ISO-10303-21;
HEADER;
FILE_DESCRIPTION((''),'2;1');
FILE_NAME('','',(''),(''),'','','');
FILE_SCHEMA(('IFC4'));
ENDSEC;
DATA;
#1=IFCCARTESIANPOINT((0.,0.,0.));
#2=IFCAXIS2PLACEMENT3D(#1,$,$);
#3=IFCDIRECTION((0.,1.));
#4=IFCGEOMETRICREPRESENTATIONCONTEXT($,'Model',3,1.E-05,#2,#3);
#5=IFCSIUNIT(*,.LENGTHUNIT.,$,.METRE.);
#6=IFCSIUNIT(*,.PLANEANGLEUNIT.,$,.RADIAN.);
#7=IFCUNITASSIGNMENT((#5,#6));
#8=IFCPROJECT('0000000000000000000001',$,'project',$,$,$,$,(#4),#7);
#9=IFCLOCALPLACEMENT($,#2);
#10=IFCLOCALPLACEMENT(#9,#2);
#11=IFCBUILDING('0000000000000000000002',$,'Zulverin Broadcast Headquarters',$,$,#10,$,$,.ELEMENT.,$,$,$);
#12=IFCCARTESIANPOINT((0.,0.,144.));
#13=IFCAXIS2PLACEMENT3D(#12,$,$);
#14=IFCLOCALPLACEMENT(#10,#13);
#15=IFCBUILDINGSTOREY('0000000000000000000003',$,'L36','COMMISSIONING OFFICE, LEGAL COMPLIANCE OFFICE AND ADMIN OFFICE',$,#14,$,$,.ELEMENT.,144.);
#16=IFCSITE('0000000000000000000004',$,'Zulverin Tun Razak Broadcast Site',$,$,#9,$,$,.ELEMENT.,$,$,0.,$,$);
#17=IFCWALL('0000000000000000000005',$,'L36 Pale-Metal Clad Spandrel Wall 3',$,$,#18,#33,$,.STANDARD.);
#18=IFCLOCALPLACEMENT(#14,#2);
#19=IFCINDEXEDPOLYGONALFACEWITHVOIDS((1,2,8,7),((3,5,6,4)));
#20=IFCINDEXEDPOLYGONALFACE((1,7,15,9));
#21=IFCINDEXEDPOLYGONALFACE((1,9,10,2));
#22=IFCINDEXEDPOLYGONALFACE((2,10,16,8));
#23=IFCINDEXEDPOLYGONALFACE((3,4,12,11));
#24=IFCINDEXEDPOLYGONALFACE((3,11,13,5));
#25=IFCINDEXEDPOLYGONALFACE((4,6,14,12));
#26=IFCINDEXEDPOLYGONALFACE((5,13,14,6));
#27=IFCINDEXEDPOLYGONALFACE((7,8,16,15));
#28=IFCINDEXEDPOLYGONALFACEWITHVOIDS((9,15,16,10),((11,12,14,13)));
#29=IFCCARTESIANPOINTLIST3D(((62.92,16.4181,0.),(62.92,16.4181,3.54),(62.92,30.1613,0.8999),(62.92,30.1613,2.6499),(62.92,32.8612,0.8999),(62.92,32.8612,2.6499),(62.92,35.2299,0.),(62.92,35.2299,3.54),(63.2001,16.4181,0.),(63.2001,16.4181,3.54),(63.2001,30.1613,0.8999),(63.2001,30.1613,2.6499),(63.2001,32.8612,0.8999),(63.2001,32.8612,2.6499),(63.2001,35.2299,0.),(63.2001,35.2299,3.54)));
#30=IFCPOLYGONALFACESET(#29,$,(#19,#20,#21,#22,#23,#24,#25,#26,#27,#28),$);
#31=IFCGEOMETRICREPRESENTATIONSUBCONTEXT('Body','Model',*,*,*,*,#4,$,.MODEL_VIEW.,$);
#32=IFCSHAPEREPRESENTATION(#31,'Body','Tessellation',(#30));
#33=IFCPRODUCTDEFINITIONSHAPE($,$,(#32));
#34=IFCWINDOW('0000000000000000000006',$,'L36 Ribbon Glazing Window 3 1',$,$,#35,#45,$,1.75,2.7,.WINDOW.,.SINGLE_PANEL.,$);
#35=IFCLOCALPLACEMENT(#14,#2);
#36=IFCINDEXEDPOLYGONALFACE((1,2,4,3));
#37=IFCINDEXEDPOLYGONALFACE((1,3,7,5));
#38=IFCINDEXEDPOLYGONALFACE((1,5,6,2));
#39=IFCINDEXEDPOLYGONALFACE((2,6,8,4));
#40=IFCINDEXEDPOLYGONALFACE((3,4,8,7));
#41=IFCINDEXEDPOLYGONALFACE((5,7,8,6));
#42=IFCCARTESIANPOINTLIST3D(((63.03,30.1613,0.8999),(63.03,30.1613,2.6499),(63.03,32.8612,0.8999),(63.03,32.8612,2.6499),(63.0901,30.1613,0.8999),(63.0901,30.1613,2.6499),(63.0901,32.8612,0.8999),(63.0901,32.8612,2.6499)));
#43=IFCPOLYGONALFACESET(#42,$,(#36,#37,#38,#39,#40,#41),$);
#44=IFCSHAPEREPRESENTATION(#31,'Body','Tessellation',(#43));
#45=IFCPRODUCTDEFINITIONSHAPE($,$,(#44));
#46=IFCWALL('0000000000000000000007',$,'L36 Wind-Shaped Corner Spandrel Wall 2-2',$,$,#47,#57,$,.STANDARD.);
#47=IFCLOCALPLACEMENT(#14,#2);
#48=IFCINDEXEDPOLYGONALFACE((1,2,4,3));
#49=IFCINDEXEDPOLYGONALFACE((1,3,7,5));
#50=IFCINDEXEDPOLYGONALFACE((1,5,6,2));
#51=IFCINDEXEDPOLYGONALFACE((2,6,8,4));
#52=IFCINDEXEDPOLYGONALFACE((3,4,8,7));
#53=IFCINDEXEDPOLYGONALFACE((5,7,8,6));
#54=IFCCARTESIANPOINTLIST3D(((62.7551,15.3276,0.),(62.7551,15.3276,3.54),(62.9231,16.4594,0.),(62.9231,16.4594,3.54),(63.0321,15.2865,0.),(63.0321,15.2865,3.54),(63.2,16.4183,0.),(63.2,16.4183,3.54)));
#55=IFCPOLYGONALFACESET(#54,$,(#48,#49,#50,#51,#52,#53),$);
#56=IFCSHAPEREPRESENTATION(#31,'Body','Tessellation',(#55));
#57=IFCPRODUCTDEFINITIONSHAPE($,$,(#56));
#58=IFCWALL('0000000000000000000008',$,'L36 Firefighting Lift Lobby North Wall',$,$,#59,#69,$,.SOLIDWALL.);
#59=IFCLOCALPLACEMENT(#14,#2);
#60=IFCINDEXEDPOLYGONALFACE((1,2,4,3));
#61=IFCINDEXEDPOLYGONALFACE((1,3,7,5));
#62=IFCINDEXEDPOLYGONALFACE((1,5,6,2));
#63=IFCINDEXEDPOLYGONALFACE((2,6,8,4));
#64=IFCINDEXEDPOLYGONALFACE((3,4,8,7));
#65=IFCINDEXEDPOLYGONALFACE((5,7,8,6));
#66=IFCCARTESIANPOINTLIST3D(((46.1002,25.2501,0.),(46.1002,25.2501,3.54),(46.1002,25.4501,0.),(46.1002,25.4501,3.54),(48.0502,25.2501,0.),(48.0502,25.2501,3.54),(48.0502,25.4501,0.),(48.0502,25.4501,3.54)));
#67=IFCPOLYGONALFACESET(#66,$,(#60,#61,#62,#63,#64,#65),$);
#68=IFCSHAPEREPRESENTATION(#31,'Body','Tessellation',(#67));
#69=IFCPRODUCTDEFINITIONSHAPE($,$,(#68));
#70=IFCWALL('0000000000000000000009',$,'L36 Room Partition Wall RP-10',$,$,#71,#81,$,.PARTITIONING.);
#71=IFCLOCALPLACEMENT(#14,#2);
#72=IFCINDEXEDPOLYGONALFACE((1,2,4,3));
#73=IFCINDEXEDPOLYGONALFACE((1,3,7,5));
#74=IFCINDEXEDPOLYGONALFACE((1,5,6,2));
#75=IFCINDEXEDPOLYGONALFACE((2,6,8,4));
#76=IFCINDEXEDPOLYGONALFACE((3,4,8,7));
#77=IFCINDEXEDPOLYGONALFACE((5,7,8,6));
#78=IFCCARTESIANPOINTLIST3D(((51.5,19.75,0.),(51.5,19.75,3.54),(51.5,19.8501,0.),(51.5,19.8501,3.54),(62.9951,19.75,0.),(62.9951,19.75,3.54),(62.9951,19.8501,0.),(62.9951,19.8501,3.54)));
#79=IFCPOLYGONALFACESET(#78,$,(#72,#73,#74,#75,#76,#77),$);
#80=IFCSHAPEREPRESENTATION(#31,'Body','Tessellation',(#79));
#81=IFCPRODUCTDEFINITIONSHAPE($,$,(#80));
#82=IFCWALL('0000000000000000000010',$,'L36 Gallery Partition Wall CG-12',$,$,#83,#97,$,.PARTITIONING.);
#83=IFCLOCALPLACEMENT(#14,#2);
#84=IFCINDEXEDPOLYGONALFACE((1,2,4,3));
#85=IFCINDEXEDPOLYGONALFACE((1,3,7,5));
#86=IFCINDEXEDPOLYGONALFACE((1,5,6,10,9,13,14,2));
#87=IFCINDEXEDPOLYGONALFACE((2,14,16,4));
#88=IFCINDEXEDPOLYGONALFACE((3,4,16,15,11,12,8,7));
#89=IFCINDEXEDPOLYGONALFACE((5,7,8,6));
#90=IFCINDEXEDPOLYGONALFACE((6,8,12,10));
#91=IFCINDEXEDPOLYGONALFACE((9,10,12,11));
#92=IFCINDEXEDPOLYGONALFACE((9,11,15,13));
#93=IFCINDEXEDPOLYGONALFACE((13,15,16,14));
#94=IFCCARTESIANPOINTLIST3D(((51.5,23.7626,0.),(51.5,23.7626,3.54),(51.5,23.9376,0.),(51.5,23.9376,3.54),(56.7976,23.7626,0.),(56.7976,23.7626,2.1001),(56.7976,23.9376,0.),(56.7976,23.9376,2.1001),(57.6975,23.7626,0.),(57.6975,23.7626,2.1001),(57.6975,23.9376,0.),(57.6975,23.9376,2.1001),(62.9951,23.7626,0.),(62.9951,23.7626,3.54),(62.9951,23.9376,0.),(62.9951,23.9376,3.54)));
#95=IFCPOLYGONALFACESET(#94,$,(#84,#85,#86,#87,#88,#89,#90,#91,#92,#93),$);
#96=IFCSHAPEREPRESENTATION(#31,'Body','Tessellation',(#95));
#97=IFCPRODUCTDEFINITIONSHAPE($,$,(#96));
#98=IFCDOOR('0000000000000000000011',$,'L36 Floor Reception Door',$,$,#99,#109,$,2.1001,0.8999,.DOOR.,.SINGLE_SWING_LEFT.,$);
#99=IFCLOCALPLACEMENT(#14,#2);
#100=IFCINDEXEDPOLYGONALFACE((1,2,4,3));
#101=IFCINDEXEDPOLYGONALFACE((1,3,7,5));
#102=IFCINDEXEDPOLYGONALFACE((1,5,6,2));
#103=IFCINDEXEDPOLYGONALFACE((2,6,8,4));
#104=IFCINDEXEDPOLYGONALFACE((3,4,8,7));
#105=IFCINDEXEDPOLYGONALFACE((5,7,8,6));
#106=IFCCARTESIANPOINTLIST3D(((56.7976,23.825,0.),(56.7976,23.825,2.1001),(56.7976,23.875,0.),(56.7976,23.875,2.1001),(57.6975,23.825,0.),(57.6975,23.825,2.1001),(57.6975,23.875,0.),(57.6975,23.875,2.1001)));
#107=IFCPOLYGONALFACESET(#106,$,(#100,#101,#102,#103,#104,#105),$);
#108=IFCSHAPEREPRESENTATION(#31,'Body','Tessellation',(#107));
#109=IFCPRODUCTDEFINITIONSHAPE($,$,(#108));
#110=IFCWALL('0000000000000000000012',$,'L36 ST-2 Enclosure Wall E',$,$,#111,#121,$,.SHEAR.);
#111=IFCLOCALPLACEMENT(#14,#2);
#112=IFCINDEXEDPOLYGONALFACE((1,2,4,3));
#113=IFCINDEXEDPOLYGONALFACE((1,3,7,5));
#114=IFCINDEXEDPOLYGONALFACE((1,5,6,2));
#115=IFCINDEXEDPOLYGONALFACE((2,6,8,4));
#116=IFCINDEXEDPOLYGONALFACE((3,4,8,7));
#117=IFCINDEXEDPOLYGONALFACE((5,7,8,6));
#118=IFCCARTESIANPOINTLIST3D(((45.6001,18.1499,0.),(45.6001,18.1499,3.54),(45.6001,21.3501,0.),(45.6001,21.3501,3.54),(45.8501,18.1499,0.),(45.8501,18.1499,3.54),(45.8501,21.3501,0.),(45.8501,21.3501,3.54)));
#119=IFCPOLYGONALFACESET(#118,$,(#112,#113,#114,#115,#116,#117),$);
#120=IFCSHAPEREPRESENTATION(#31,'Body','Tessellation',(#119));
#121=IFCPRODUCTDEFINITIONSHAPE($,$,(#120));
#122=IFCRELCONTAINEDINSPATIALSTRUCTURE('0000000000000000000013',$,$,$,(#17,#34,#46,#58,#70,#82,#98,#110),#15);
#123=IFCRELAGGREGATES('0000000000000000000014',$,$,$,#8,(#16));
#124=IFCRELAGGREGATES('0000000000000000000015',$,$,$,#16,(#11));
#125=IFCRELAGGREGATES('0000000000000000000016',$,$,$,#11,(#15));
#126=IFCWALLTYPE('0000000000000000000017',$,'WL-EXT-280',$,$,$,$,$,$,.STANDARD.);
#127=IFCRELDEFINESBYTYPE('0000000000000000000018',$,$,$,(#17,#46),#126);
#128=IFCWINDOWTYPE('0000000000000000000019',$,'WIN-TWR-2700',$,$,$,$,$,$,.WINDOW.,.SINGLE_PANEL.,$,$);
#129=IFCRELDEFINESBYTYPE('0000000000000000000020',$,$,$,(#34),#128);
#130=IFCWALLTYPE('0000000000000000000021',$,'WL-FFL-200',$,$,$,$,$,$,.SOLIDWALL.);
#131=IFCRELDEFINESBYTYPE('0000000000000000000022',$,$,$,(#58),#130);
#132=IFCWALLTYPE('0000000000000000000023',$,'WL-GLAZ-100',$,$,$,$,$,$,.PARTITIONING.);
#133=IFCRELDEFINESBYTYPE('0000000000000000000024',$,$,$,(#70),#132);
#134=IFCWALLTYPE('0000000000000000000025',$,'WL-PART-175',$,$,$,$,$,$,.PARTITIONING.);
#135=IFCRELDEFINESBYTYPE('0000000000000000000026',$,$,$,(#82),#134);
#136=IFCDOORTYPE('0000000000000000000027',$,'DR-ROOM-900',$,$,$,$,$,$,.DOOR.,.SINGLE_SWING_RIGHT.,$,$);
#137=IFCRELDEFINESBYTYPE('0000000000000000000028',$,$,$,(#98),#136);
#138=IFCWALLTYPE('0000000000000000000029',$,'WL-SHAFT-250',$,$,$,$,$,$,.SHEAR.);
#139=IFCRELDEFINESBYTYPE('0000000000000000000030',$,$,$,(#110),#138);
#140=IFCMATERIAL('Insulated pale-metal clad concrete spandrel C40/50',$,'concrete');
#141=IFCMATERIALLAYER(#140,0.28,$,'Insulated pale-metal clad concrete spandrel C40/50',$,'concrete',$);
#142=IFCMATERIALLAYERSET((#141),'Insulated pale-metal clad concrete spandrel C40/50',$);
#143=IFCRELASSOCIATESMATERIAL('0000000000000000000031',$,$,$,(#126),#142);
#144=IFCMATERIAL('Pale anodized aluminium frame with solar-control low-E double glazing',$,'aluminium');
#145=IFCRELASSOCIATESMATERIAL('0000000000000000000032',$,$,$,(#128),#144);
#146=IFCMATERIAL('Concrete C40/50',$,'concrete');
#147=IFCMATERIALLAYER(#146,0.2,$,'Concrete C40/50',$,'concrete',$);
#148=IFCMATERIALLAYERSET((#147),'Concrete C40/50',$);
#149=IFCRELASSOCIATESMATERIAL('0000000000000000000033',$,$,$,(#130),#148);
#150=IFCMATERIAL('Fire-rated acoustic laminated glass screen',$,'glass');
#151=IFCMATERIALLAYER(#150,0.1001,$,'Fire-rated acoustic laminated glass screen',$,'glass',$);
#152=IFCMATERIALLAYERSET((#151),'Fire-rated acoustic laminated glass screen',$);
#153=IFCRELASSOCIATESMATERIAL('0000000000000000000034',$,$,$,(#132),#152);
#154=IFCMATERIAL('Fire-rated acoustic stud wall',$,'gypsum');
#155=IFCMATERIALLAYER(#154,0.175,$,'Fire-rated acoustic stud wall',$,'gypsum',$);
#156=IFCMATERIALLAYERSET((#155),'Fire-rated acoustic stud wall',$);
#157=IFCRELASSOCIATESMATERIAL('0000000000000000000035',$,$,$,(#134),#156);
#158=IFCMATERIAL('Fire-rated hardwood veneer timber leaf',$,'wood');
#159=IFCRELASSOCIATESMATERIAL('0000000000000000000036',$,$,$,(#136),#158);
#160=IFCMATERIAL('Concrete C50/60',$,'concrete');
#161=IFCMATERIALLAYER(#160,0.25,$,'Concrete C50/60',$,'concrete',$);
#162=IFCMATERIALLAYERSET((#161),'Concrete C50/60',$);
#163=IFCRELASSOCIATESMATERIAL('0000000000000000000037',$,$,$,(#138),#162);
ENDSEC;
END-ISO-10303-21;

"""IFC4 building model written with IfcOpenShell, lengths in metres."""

from ifc_helpers import new_model, si_unit, direction, frame, frame_2d, origin, place, context, subcontext, project, spatial, rectangle, extrude, material, layer, layer_set, type_object, element, fill, save


model = new_model("IFC4")

# Units and contexts
model_context = context("Model", 3, precision=1e-05, world=origin(), true_north=direction((0.0, 1.0)))
body_context = subcontext(model_context, "Body", "Model", "MODEL_VIEW")
ifc_project = project(units=[si_unit("LENGTHUNIT", "METRE"), si_unit("PLANEANGLEUNIT", "RADIAN")], contexts=[model_context])

# Site, building, storey
site_placement = place(None, origin())
site = spatial("IfcSite", under=ifc_project, at=site_placement, Name="Zulverin Tun Razak Broadcast Site", CompositionType="ELEMENT", RefElevation=0.0)
building_placement = place(site_placement, origin())
building = spatial("IfcBuilding", under=site, at=building_placement, Name="Zulverin Broadcast Headquarters", CompositionType="ELEMENT")
storey_placement = place(building_placement, frame((0.0, 0.0, 144.0)))
storey = spatial("IfcBuildingStorey", under=building, at=storey_placement, Name="L36", Description="COMMISSIONING OFFICE, LEGAL COMPLIANCE OFFICE AND ADMIN OFFICE", CompositionType="ELEMENT", Elevation=144.0)

# Shared definitions
ifc_material_1 = material(Name="Concrete C50/60", Category="concrete")

# Shared definitions
ifc_material_2 = material(Name="Concrete C40/50", Category="concrete")

# Wall, opening, window
ifc_material_3 = material(Name="Insulated pale-metal clad concrete spandrel C40/50", Category="concrete")
ifc_layer_1 = layer(ifc_material_3, 0.28, Name="Insulated pale-metal clad concrete spandrel C40/50", Category="concrete")
ifc_layer_set_1 = layer_set([ifc_layer_1], Name="Insulated pale-metal clad concrete spandrel C40/50")
wall_type_1 = type_object("IfcWallType", Name="WL-EXT-280", PredefinedType="STANDARD", material=ifc_layer_set_1)
wall_1_placement = place(storey_placement, frame((63.0601, 16.4182, 0.0), z_axis=(0.0, 0.0, 1.0), x_axis=(0.0, 1.0, 0.0)))
wall_1 = element("IfcWall", 1, at=wall_1_placement, inside=storey, type_object=wall_type_1, Name="L36 Pale-Metal Clad Spandrel Wall 3", PredefinedType="STANDARD", context=body_context, shape_type="SweptSolid", body=[
    extrude(rectangle(XDim=18.8118, YDim=0.28, at=frame_2d((9.4058, 0.0))), origin(), (0.0, 0.0, 1.0), 3.54),
])
opening_1_placement = place(wall_1_placement, frame((13.7429, 0.0, 0.8999)))
opening_1 = element("IfcOpeningElement", 2, at=opening_1_placement, cuts=wall_1, PredefinedType="OPENING", context=body_context, shape_type="SweptSolid", body=[
    extrude(rectangle(XDim=2.7, YDim=1.75, at=frame_2d((1.3501, 0.875))), frame((0.0, 0.1499, 0.0), z_axis=(0.0, -1.0, 0.0), x_axis=(1.0, 0.0, 0.0)), (0.0, 0.0, 1.0), 0.3),
])
ifc_material_4 = material(Name="Pale anodized aluminium frame with solar-control low-E double glazing", Category="aluminium")
window_type = type_object("IfcWindowType", Name="WIN-TWR-2700", PartitioningType="SINGLE_PANEL", PredefinedType="WINDOW", material=ifc_material_4)
window_placement = place(opening_1_placement, origin())
window = element("IfcWindow", 3, at=window_placement, inside=storey, type_object=window_type, Name="L36 Ribbon Glazing Window 3 1", OverallHeight=1.75, OverallWidth=2.7, PartitioningType="SINGLE_PANEL", PredefinedType="WINDOW", context=body_context, shape_type="SweptSolid", body=[
    extrude(rectangle(XDim=2.7, YDim=1.75, at=frame_2d((1.3501, 0.875))), frame((0.0, 0.03, 0.0), z_axis=(0.0, -1.0, 0.0), x_axis=(1.0, 0.0, 0.0)), (0.0, 0.0, 1.0), 0.0601),
])
fill(opening_1, window)

# Walls
wall_2_placement = place(storey_placement, frame((62.8936, 15.3069, 0.0), z_axis=(0.0, 0.0, 1.0), x_axis=(0.146796, 0.989167, 0.0)))
element("IfcWall", 4, at=wall_2_placement, inside=storey, type_object=wall_type_1, Name="L36 Wind-Shaped Corner Spandrel Wall 2-2", PredefinedType="STANDARD", context=body_context, shape_type="SweptSolid", body=[
    extrude(rectangle(XDim=1.1443, YDim=0.28, at=frame_2d((0.5723, 0.0))), origin(), (0.0, 0.0, 1.0), 3.54),
])
ifc_layer_2 = layer(ifc_material_2, 0.2, Name="Concrete C40/50", Category="concrete")
ifc_layer_set_2 = layer_set([ifc_layer_2], Name="Concrete C40/50")
wall_type_2 = type_object("IfcWallType", Name="WL-FFL-200", PredefinedType="SOLIDWALL", material=ifc_layer_set_2)
wall_3_placement = place(storey_placement, frame((46.1001, 25.3501, 0.0), z_axis=(0.0, 0.0, 1.0), x_axis=(1.0, 0.0, 0.0)))
element("IfcWall", 5, at=wall_3_placement, inside=storey, type_object=wall_type_2, Name="L36 Firefighting Lift Lobby North Wall", PredefinedType="SOLIDWALL", context=body_context, shape_type="SweptSolid", body=[
    extrude(rectangle(XDim=1.95, YDim=0.2, at=frame_2d((0.9751, 0.0))), origin(), (0.0, 0.0, 1.0), 3.54),
])
ifc_material_5 = material(Name="Fire-rated acoustic laminated glass screen", Category="glass")
ifc_layer_3 = layer(ifc_material_5, 0.1001, Name="Fire-rated acoustic laminated glass screen", Category="glass")
ifc_layer_set_3 = layer_set([ifc_layer_3], Name="Fire-rated acoustic laminated glass screen")
wall_type_3 = type_object("IfcWallType", Name="WL-GLAZ-100", PredefinedType="PARTITIONING", material=ifc_layer_set_3)
wall_4_placement = place(storey_placement, frame((51.5, 19.8, 0.0), z_axis=(0.0, 0.0, 1.0), x_axis=(1.0, 0.0, 0.0)))
element("IfcWall", 6, at=wall_4_placement, inside=storey, type_object=wall_type_3, Name="L36 Room Partition Wall RP-10", PredefinedType="PARTITIONING", context=body_context, shape_type="SweptSolid", body=[
    extrude(rectangle(XDim=11.4951, YDim=0.1001, at=frame_2d((5.7476, 0.0))), origin(), (0.0, 0.0, 1.0), 3.54),
])

# Wall, opening, door
ifc_material_6 = material(Name="Fire-rated acoustic stud wall", Category="gypsum")
ifc_layer_4 = layer(ifc_material_6, 0.175, Name="Fire-rated acoustic stud wall", Category="gypsum")
ifc_layer_set_4 = layer_set([ifc_layer_4], Name="Fire-rated acoustic stud wall")
wall_type_4 = type_object("IfcWallType", Name="WL-PART-175", PredefinedType="PARTITIONING", material=ifc_layer_set_4)
wall_5_placement = place(storey_placement, frame((51.5, 23.8501, 0.0), z_axis=(0.0, 0.0, 1.0), x_axis=(1.0, 0.0, 0.0)))
wall_5 = element("IfcWall", 7, at=wall_5_placement, inside=storey, type_object=wall_type_4, Name="L36 Gallery Partition Wall CG-12", PredefinedType="PARTITIONING", context=body_context, shape_type="SweptSolid", body=[
    extrude(rectangle(XDim=11.4951, YDim=0.175, at=frame_2d((5.7476, 0.0))), origin(), (0.0, 0.0, 1.0), 3.54),
])
opening_2_placement = place(wall_5_placement, frame((5.2976, 0.0, 0.0)))
opening_2 = element("IfcOpeningElement", 8, at=opening_2_placement, cuts=wall_5, PredefinedType="OPENING", context=body_context, shape_type="SweptSolid", body=[
    extrude(rectangle(XDim=0.8999, YDim=2.1001, at=frame_2d((0.45, 1.05))), frame((0.0, 0.0974, 0.0), z_axis=(0.0, -1.0, 0.0), x_axis=(1.0, 0.0, 0.0)), (0.0, 0.0, 1.0), 0.1951),
])
ifc_material_7 = material(Name="Fire-rated hardwood veneer timber leaf", Category="wood")
door_type_1 = type_object("IfcDoorType", Name="DR-ROOM-900", OperationType="SINGLE_SWING_RIGHT", PredefinedType="DOOR", material=ifc_material_7)
door_1_placement = place(opening_2_placement, origin())
door_1 = element("IfcDoor", 9, at=door_1_placement, inside=storey, type_object=door_type_1, Name="L36 Floor Reception Door", OperationType="SINGLE_SWING_LEFT", OverallHeight=2.1001, OverallWidth=0.8999, PredefinedType="DOOR", context=body_context, shape_type="SweptSolid", body=[
    extrude(rectangle(XDim=0.8999, YDim=2.1001, at=frame_2d((0.45, 1.05))), frame((0.0, 0.0249, 0.0), z_axis=(0.0, -1.0, 0.0), x_axis=(1.0, 0.0, 0.0)), (0.0, 0.0, 1.0), 0.05),
])
fill(opening_2, door_1)

# Wall
ifc_layer_5 = layer(ifc_material_1, 0.25, Name="Concrete C50/60", Category="concrete")
ifc_layer_set_5 = layer_set([ifc_layer_5], Name="Concrete C50/60")
wall_type_5 = type_object("IfcWallType", Name="WL-SHAFT-250", PredefinedType="SHEAR", material=ifc_layer_set_5)
wall_6_placement = place(storey_placement, frame((45.7251, 18.1499, 0.0), z_axis=(0.0, 0.0, 1.0), x_axis=(0.0, 1.0, 0.0)))
element("IfcWall", 10, at=wall_6_placement, inside=storey, type_object=wall_type_5, Name="L36 ST-2 Enclosure Wall E", PredefinedType="SHEAR", context=body_context, shape_type="SweptSolid", body=[
    extrude(rectangle(XDim=3.2002, YDim=0.25, at=frame_2d((1.6001, 0.0))), origin(), (0.0, 0.0, 1.0), 3.54),
])

save(model, "model.ifc")
